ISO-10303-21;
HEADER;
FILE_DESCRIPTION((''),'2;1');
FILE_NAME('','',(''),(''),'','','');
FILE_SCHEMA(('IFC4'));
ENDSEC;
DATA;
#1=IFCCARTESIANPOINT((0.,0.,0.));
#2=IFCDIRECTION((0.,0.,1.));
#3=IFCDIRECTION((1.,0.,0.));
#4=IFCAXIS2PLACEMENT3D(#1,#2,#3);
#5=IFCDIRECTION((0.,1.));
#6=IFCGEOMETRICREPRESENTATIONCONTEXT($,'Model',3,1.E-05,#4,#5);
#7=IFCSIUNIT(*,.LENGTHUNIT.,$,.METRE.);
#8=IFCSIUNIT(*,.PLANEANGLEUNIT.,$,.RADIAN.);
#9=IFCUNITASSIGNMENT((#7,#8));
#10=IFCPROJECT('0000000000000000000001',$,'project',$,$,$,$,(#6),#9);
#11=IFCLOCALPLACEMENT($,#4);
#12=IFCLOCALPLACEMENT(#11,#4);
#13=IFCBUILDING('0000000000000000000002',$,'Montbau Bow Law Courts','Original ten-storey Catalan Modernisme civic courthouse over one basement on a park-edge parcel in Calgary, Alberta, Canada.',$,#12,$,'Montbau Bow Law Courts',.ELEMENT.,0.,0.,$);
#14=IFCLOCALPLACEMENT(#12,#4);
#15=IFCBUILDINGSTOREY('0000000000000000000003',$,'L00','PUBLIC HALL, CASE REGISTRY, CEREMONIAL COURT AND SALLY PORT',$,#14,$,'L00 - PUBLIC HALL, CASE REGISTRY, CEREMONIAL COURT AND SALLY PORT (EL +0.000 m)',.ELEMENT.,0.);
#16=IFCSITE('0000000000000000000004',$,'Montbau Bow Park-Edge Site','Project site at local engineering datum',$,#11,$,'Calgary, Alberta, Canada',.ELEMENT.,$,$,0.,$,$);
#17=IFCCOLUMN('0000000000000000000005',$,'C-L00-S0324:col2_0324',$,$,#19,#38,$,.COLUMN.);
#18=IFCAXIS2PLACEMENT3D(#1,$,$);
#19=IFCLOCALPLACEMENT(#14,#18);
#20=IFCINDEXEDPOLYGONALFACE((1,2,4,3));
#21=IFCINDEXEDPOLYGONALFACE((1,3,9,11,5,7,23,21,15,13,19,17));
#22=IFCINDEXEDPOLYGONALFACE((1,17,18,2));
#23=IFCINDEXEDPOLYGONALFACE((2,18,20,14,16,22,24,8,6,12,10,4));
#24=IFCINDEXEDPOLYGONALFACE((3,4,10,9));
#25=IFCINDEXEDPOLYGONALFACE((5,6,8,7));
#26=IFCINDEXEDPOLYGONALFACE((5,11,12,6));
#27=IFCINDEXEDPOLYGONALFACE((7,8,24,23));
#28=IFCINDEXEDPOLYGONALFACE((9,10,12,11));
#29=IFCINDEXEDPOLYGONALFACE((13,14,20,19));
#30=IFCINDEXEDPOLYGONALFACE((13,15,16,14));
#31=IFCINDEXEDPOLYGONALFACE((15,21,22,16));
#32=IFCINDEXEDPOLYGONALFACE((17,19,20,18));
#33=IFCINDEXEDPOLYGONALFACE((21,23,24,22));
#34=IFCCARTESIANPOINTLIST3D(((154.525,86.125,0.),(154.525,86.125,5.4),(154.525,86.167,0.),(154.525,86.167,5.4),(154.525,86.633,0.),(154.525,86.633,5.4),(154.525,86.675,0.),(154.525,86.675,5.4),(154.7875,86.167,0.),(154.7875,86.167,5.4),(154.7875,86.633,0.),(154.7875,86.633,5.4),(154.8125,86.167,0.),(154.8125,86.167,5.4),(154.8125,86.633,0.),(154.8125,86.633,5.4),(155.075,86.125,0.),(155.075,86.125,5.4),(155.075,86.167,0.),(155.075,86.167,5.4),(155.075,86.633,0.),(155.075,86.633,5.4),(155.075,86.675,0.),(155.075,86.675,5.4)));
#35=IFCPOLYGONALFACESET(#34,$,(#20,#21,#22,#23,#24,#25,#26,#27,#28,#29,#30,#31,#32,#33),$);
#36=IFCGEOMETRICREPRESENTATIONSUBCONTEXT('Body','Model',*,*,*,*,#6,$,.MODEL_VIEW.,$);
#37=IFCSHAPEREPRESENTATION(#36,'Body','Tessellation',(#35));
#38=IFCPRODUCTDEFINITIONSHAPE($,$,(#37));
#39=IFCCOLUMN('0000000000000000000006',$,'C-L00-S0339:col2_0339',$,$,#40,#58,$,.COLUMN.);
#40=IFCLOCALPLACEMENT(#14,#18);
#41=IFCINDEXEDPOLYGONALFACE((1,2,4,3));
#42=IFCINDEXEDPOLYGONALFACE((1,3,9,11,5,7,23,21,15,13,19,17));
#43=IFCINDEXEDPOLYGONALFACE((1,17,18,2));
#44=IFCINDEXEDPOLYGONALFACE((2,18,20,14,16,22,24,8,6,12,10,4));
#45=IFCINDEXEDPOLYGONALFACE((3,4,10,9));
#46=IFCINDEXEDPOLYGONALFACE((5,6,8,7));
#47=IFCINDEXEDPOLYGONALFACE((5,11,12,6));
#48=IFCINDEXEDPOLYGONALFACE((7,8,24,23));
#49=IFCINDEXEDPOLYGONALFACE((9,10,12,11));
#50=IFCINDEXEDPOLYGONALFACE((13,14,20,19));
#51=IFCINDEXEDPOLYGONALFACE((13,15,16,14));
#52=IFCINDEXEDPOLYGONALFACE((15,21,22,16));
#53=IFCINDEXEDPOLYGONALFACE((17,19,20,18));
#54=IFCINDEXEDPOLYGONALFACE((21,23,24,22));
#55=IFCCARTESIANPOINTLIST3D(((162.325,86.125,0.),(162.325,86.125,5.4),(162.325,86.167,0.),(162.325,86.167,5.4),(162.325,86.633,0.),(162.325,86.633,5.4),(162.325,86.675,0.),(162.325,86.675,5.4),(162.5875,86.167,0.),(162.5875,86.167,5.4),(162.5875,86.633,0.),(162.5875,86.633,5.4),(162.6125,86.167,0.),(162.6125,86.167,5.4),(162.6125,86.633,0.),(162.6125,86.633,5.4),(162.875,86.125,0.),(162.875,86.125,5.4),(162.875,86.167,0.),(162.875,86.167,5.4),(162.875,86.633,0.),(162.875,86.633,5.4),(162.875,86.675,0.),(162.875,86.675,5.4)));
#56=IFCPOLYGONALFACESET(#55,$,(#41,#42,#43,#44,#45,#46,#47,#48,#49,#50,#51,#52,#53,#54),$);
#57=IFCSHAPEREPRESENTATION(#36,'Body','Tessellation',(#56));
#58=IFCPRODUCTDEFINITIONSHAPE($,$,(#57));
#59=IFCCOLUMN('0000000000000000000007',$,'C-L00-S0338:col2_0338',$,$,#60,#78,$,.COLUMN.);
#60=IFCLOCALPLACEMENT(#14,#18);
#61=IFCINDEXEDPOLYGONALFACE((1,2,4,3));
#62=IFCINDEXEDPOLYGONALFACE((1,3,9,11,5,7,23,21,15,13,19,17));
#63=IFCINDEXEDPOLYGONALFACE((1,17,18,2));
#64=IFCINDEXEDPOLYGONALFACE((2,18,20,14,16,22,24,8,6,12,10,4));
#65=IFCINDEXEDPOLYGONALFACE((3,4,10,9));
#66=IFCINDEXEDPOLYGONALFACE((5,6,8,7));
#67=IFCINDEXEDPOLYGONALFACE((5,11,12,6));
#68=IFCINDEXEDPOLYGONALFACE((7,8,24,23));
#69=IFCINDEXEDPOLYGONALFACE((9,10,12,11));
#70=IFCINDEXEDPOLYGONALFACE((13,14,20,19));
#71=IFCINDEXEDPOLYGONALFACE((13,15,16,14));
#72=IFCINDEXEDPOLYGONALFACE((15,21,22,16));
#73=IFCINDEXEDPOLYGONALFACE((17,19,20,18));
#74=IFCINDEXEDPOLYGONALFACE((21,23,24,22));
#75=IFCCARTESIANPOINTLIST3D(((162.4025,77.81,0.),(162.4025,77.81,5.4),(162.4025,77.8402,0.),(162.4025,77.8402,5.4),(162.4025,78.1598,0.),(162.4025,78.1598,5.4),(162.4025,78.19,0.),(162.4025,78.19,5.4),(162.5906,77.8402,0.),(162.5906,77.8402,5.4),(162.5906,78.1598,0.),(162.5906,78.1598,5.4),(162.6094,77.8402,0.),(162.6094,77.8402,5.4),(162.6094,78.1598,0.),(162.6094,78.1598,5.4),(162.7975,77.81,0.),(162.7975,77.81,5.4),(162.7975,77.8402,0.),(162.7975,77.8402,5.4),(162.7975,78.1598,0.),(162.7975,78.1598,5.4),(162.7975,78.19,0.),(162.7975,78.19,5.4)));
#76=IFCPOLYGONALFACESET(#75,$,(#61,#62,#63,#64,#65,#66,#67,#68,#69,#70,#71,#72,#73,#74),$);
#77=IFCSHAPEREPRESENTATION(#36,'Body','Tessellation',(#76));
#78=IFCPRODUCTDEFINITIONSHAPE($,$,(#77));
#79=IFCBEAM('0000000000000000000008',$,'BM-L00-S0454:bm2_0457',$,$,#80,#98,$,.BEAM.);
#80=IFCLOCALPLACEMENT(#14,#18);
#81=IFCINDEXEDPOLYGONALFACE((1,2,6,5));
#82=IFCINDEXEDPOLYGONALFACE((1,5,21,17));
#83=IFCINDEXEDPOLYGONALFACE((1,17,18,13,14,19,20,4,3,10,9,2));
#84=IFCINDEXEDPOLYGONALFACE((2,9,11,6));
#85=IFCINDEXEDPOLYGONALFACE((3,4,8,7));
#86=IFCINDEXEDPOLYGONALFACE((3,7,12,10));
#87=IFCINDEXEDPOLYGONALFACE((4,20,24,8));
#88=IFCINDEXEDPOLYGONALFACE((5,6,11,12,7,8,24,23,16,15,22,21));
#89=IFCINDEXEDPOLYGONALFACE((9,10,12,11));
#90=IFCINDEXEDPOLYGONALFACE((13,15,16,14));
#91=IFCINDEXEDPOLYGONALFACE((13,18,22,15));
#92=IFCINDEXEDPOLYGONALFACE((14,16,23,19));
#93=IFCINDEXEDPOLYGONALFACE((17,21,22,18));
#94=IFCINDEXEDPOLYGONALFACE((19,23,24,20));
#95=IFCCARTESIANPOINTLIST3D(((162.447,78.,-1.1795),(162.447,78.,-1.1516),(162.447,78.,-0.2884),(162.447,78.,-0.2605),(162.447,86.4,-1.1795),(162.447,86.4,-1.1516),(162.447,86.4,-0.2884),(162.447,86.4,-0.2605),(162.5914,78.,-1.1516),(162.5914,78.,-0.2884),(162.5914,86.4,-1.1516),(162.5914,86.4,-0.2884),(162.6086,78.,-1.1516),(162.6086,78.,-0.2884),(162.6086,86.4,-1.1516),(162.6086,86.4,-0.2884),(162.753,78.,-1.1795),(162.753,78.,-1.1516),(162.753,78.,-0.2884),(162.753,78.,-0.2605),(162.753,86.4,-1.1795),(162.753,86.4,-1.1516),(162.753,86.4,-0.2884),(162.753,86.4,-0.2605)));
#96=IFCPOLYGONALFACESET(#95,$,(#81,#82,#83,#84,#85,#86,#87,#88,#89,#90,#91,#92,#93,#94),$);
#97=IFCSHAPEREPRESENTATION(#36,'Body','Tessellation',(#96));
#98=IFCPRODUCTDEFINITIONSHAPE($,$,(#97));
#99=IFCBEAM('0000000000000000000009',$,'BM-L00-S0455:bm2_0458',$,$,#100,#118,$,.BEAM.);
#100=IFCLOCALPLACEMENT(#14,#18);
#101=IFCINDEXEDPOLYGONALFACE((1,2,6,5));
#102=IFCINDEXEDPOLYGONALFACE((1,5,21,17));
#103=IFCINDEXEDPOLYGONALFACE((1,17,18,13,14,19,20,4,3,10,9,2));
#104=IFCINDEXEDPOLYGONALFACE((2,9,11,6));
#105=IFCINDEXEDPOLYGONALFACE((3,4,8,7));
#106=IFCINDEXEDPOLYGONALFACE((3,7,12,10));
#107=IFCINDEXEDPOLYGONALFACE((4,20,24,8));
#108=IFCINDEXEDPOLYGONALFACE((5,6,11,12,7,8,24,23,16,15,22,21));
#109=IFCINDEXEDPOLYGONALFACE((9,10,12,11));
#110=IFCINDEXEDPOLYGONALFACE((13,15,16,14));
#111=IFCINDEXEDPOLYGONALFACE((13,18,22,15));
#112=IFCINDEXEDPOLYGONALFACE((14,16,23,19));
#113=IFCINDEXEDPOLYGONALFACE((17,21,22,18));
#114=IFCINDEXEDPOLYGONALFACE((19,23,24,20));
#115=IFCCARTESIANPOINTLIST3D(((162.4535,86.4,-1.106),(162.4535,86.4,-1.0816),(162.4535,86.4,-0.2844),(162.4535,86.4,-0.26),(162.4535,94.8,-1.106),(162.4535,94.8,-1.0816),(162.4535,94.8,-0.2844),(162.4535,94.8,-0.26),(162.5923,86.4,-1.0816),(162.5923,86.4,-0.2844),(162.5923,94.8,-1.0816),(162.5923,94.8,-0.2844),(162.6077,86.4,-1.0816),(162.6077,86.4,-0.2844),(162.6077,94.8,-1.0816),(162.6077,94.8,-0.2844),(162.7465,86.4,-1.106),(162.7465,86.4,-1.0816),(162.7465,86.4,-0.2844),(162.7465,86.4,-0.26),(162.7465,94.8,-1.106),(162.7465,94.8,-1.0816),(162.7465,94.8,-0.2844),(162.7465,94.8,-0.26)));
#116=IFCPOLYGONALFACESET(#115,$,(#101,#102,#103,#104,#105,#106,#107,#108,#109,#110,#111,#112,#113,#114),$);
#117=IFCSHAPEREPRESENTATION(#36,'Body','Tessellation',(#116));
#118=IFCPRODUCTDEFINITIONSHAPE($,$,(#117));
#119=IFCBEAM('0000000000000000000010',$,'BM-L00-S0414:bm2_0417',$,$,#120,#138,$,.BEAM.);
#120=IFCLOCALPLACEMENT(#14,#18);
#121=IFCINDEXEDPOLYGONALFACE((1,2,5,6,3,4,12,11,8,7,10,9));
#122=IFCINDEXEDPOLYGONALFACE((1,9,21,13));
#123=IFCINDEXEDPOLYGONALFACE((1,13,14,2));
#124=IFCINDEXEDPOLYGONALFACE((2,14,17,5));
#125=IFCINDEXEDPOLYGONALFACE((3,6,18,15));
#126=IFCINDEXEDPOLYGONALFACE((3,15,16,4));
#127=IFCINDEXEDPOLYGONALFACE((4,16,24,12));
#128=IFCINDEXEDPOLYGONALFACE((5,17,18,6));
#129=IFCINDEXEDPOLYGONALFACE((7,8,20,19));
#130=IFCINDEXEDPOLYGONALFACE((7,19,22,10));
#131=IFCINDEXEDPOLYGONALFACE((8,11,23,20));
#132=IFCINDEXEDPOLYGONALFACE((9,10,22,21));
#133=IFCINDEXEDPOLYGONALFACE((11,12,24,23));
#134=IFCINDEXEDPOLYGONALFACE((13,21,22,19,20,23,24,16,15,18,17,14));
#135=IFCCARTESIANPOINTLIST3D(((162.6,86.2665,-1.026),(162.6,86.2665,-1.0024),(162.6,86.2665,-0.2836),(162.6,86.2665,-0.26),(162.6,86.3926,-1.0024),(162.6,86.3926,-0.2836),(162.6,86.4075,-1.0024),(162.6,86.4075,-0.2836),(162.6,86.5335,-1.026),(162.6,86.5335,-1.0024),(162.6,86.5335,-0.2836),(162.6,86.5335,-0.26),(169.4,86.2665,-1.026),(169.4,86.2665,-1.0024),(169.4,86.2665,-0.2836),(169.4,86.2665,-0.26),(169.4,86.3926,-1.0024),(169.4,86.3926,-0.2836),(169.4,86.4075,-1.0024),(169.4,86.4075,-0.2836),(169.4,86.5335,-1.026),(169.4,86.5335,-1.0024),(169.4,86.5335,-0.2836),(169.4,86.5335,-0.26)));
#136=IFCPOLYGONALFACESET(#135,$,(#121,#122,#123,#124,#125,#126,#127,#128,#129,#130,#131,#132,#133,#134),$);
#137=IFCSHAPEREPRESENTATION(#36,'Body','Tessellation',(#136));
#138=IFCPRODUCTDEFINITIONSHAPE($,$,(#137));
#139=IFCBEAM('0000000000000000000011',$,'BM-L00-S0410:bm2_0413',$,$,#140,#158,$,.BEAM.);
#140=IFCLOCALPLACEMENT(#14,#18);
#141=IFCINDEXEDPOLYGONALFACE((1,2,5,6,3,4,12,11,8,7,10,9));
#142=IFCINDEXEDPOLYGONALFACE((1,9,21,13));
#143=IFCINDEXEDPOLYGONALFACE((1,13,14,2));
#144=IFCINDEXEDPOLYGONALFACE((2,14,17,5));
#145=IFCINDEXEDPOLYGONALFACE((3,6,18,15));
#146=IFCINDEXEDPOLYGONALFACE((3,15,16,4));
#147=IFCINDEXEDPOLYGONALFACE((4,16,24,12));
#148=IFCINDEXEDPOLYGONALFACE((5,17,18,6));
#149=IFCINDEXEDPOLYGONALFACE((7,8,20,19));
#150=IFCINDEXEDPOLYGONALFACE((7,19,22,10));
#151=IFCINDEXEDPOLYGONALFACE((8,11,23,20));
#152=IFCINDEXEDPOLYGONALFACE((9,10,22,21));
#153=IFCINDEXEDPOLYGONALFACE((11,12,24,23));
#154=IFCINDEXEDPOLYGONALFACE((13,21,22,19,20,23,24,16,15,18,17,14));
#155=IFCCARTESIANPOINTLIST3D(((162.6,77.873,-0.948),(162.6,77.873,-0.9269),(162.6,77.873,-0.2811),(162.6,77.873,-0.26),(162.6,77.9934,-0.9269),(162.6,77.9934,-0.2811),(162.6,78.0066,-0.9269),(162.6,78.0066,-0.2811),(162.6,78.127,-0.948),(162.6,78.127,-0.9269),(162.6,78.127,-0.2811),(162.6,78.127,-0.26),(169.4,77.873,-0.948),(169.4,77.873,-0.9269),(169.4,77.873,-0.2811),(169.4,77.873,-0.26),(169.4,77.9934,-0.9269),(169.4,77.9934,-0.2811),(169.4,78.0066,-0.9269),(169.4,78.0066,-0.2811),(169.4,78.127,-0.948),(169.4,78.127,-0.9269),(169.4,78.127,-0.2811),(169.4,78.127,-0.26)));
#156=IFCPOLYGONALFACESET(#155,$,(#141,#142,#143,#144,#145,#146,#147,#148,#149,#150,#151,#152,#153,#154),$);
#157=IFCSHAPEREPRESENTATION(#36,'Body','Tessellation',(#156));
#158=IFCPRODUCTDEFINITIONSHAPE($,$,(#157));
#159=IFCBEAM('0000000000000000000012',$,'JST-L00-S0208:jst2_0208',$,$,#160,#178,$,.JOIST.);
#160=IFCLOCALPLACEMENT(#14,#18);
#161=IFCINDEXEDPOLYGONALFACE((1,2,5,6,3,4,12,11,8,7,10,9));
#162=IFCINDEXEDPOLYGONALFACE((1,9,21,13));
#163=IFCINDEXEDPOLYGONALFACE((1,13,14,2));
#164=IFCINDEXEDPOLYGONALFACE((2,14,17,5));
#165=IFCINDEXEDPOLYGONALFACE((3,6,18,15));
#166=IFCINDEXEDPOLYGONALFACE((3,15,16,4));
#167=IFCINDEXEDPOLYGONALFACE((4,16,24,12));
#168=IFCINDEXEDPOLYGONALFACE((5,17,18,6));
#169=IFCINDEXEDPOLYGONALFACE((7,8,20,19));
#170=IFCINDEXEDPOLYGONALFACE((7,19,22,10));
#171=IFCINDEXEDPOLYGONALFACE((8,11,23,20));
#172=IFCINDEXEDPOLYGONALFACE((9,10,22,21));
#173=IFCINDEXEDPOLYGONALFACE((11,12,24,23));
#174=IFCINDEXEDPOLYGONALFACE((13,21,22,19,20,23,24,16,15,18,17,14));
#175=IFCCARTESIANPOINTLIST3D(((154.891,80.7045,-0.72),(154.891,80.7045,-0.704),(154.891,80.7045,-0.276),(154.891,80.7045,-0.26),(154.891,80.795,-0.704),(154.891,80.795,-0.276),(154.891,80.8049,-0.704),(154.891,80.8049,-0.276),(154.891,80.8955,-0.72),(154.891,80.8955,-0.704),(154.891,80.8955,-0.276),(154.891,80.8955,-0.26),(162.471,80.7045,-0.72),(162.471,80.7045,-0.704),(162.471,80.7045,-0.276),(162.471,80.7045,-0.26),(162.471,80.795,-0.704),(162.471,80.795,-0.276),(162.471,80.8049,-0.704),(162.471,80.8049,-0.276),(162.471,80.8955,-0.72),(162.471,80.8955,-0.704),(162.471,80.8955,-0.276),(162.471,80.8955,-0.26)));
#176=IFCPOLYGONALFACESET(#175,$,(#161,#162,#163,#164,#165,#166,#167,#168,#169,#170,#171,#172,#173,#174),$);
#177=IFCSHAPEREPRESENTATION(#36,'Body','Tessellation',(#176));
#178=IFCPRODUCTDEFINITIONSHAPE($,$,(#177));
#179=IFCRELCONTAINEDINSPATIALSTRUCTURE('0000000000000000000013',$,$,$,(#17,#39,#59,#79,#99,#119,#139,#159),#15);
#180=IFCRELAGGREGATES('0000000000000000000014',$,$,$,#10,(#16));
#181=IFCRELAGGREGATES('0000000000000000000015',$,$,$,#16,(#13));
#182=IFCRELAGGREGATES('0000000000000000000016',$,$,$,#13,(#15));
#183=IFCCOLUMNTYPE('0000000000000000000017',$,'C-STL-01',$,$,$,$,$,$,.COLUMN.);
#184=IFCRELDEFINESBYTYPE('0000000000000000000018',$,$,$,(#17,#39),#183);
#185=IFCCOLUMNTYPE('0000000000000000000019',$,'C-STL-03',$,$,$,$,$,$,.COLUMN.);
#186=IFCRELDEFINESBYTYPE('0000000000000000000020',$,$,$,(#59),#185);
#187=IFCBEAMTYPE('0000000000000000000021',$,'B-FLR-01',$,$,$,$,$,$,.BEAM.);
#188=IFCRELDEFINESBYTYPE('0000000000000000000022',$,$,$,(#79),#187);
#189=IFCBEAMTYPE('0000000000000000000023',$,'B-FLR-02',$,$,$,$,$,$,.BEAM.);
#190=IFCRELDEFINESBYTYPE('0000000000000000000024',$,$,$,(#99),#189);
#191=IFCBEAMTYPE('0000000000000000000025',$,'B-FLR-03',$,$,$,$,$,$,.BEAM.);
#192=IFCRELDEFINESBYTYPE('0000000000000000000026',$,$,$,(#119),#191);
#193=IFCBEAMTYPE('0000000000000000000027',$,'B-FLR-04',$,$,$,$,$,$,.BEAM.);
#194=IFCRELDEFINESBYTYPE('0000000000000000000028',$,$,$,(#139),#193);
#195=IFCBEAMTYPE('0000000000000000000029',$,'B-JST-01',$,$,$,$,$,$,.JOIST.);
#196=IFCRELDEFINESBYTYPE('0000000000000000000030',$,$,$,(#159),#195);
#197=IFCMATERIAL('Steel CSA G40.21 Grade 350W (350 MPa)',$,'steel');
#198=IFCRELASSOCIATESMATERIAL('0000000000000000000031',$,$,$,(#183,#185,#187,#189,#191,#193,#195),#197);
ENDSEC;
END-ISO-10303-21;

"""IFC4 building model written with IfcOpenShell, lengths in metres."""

from ifc_helpers import new_model, si_unit, direction, frame, origin_with_axes, origin_2d_with_axis, place, context, subcontext, project, spatial, i_section, extrude, material, material_profile, profile_set, type_object, element, save


model = new_model("IFC4")

# Units and contexts
model_context = context("Model", 3, precision=1e-05, world=origin_with_axes(), true_north=direction((0.0, 1.0)))
body_context = subcontext(model_context, "Body", "Model", "MODEL_VIEW")
ifc_project = project(units=[si_unit("LENGTHUNIT", "METRE"), si_unit("PLANEANGLEUNIT", "RADIAN")], contexts=[model_context])

# Site, building, storey
site_placement = place(None, origin_with_axes())
site = spatial("IfcSite", under=ifc_project, at=site_placement, Name="Montbau Bow Park-Edge Site", Description="Project site at local engineering datum", LongName="Calgary, Alberta, Canada", CompositionType="ELEMENT", RefElevation=0.0)
building_placement = place(site_placement, origin_with_axes())
building = spatial("IfcBuilding", under=site, at=building_placement, Name="Montbau Bow Law Courts", Description="Original ten-storey Catalan Modernisme civic courthouse over one basement on a park-edge parcel in Calgary, Alberta, Canada.", LongName="Montbau Bow Law Courts", CompositionType="ELEMENT", ElevationOfRefHeight=0.0, ElevationOfTerrain=0.0)
storey_placement = place(building_placement, origin_with_axes())
storey = spatial("IfcBuildingStorey", under=building, at=storey_placement, Name="L00", Description="PUBLIC HALL, CASE REGISTRY, CEREMONIAL COURT AND SALLY PORT", LongName="L00 - PUBLIC HALL, CASE REGISTRY, CEREMONIAL COURT AND SALLY PORT (EL +0.000 m)", CompositionType="ELEMENT", Elevation=0.0)

# Columns
ifc_material_1 = material(Name="Steel CSA G40.21 Grade 350W (350 MPa)", Category="steel")
ifc_material_profile_1 = material_profile(ifc_material_1, i_section(OverallWidth=0.55, OverallDepth=0.55, WebThickness=0.025, FlangeThickness=0.042, at=origin_2d_with_axis()), Name="WWF550X420", Category="Main", Priority=0)
ifc_profile_set_1 = profile_set([ifc_material_profile_1], Name="Steel CSA G40.21 Grade 350W (350 MPa)")
column_type_1 = type_object("IfcColumnType", Name="C-STL-01", PredefinedType="COLUMN", material=ifc_profile_set_1)
for number, where, z_axis, x_axis, name in (
    (1, (154.8, 86.4, 0.0), (0.0, 0.0, 1.0), (1.0, 0.0, 0.0), "C-L00-S0324:col2_0324"),
    (2, (162.6, 86.4, 0.0), (0.0, 0.0, 1.0), (1.0, 0.0, 0.0), "C-L00-S0339:col2_0339"),
):
    element("IfcColumn", number, at=place(None, frame(where, z_axis=z_axis, x_axis=x_axis)), inside=storey, type_object=column_type_1, Name=name, PredefinedType="COLUMN", context=body_context, shape_type="SweptSolid", body=[
        extrude(i_section(OverallWidth=0.55, OverallDepth=0.55, WebThickness=0.025, FlangeThickness=0.042, at=origin_2d_with_axis()), origin_with_axes(), (0.0, 0.0, 1.0), 5.4),
    ])
ifc_material_profile_2 = material_profile(ifc_material_1, i_section(OverallWidth=0.395, OverallDepth=0.38, WebThickness=0.0189, FlangeThickness=0.0302, at=origin_2d_with_axis()), Name="W360X237", Category="Main", Priority=0)
ifc_profile_set_2 = profile_set([ifc_material_profile_2], Name="Steel CSA G40.21 Grade 350W (350 MPa)")
column_type_2 = type_object("IfcColumnType", Name="C-STL-03", PredefinedType="COLUMN", material=ifc_profile_set_2)
column_placement = place(None, frame((162.6, 78.0, 0.0), z_axis=(0.0, 0.0, 1.0), x_axis=(1.0, 0.0, 0.0)))
element("IfcColumn", 3, at=column_placement, inside=storey, type_object=column_type_2, Name="C-L00-S0338:col2_0338", PredefinedType="COLUMN", context=body_context, shape_type="SweptSolid", body=[
    extrude(i_section(OverallWidth=0.395, OverallDepth=0.38, WebThickness=0.0189, FlangeThickness=0.0302, at=origin_2d_with_axis()), origin_with_axes(), (0.0, 0.0, 1.0), 5.4),
])

# Beams
ifc_material_profile_3 = material_profile(ifc_material_1, i_section(OverallWidth=0.306, OverallDepth=0.919, WebThickness=0.0173, FlangeThickness=0.0279, at=origin_2d_with_axis()), Name="W920X253", Category="Main", Priority=0)
ifc_profile_set_3 = profile_set([ifc_material_profile_3], Name="Steel CSA G40.21 Grade 350W (350 MPa)")
beam_type_1 = type_object("IfcBeamType", Name="B-FLR-01", PredefinedType="BEAM", material=ifc_profile_set_3)
beam_1_placement = place(None, frame((162.6, 78.0, -0.72), z_axis=(0.0, 1.0, 0.0), x_axis=(-1.0, 0.0, 0.0)))
element("IfcBeam", 4, at=beam_1_placement, inside=storey, type_object=beam_type_1, Name="BM-L00-S0454:bm2_0457", PredefinedType="BEAM", context=body_context, shape_type="SweptSolid", body=[
    extrude(i_section(OverallWidth=0.306, OverallDepth=0.919, WebThickness=0.0173, FlangeThickness=0.0279, at=origin_2d_with_axis()), origin_with_axes(), (0.0, 0.0, 1.0), 8.4),
])
ifc_material_profile_4 = material_profile(ifc_material_1, i_section(OverallWidth=0.293, OverallDepth=0.846, WebThickness=0.0154, FlangeThickness=0.0244, at=origin_2d_with_axis()), Name="W840X210", Category="Main", Priority=0)
ifc_profile_set_4 = profile_set([ifc_material_profile_4], Name="Steel CSA G40.21 Grade 350W (350 MPa)")
beam_type_2 = type_object("IfcBeamType", Name="B-FLR-02", PredefinedType="BEAM", material=ifc_profile_set_4)
beam_2_placement = place(None, frame((162.6, 86.4, -0.683), z_axis=(0.0, 1.0, 0.0), x_axis=(-1.0, 0.0, 0.0)))
element("IfcBeam", 5, at=beam_2_placement, inside=storey, type_object=beam_type_2, Name="BM-L00-S0455:bm2_0458", PredefinedType="BEAM", context=body_context, shape_type="SweptSolid", body=[
    extrude(i_section(OverallWidth=0.293, OverallDepth=0.846, WebThickness=0.0154, FlangeThickness=0.0244, at=origin_2d_with_axis()), origin_with_axes(), (0.0, 0.0, 1.0), 8.4),
])
ifc_material_profile_5 = material_profile(ifc_material_1, i_section(OverallWidth=0.267, OverallDepth=0.766, WebThickness=0.0149, FlangeThickness=0.0236, at=origin_2d_with_axis()), Name="W760X185", Category="Main", Priority=0)
ifc_profile_set_5 = profile_set([ifc_material_profile_5], Name="Steel CSA G40.21 Grade 350W (350 MPa)")
beam_type_3 = type_object("IfcBeamType", Name="B-FLR-03", PredefinedType="BEAM", material=ifc_profile_set_5)
beam_3_placement = place(None, frame((162.6, 86.4, -0.643), z_axis=(1.0, 0.0, 0.0), x_axis=(0.0, 1.0, 0.0)))
element("IfcBeam", 6, at=beam_3_placement, inside=storey, type_object=beam_type_3, Name="BM-L00-S0414:bm2_0417", PredefinedType="BEAM", context=body_context, shape_type="SweptSolid", body=[
    extrude(i_section(OverallWidth=0.267, OverallDepth=0.766, WebThickness=0.0149, FlangeThickness=0.0236, at=origin_2d_with_axis()), origin_with_axes(), (0.0, 0.0, 1.0), 6.8),
])
ifc_material_profile_6 = material_profile(ifc_material_1, i_section(OverallWidth=0.254, OverallDepth=0.688, WebThickness=0.0131, FlangeThickness=0.0211, at=origin_2d_with_axis()), Name="W690X152", Category="Main", Priority=0)
ifc_profile_set_6 = profile_set([ifc_material_profile_6], Name="Steel CSA G40.21 Grade 350W (350 MPa)")
beam_type_4 = type_object("IfcBeamType", Name="B-FLR-04", PredefinedType="BEAM", material=ifc_profile_set_6)
beam_4_placement = place(None, frame((162.6, 78.0, -0.604), z_axis=(1.0, 0.0, 0.0), x_axis=(0.0, 1.0, 0.0)))
element("IfcBeam", 7, at=beam_4_placement, inside=storey, type_object=beam_type_4, Name="BM-L00-S0410:bm2_0413", PredefinedType="BEAM", context=body_context, shape_type="SweptSolid", body=[
    extrude(i_section(OverallWidth=0.254, OverallDepth=0.688, WebThickness=0.0131, FlangeThickness=0.0211, at=origin_2d_with_axis()), origin_with_axes(), (0.0, 0.0, 1.0), 6.8),
])
ifc_material_profile_7 = material_profile(ifc_material_1, i_section(OverallWidth=0.191, OverallDepth=0.46, WebThickness=0.0099, FlangeThickness=0.016, at=origin_2d_with_axis()), Name="W460X82", Category="Main", Priority=0)
ifc_profile_set_7 = profile_set([ifc_material_profile_7], Name="Steel CSA G40.21 Grade 350W (350 MPa)")
beam_type_5 = type_object("IfcBeamType", Name="B-JST-01", PredefinedType="JOIST", material=ifc_profile_set_7)
beam_5_placement = place(None, frame((154.891, 80.8, -0.49), z_axis=(1.0, 0.0, 0.0), x_axis=(0.0, 1.0, 0.0)))
element("IfcBeam", 8, at=beam_5_placement, inside=storey, type_object=beam_type_5, Name="JST-L00-S0208:jst2_0208", PredefinedType="JOIST", context=body_context, shape_type="SweptSolid", body=[
    extrude(i_section(OverallWidth=0.191, OverallDepth=0.46, WebThickness=0.0099, FlangeThickness=0.016, at=origin_2d_with_axis()), origin_with_axes(), (0.0, 0.0, 1.0), 7.58),
])

save(model, "model.ifc")
